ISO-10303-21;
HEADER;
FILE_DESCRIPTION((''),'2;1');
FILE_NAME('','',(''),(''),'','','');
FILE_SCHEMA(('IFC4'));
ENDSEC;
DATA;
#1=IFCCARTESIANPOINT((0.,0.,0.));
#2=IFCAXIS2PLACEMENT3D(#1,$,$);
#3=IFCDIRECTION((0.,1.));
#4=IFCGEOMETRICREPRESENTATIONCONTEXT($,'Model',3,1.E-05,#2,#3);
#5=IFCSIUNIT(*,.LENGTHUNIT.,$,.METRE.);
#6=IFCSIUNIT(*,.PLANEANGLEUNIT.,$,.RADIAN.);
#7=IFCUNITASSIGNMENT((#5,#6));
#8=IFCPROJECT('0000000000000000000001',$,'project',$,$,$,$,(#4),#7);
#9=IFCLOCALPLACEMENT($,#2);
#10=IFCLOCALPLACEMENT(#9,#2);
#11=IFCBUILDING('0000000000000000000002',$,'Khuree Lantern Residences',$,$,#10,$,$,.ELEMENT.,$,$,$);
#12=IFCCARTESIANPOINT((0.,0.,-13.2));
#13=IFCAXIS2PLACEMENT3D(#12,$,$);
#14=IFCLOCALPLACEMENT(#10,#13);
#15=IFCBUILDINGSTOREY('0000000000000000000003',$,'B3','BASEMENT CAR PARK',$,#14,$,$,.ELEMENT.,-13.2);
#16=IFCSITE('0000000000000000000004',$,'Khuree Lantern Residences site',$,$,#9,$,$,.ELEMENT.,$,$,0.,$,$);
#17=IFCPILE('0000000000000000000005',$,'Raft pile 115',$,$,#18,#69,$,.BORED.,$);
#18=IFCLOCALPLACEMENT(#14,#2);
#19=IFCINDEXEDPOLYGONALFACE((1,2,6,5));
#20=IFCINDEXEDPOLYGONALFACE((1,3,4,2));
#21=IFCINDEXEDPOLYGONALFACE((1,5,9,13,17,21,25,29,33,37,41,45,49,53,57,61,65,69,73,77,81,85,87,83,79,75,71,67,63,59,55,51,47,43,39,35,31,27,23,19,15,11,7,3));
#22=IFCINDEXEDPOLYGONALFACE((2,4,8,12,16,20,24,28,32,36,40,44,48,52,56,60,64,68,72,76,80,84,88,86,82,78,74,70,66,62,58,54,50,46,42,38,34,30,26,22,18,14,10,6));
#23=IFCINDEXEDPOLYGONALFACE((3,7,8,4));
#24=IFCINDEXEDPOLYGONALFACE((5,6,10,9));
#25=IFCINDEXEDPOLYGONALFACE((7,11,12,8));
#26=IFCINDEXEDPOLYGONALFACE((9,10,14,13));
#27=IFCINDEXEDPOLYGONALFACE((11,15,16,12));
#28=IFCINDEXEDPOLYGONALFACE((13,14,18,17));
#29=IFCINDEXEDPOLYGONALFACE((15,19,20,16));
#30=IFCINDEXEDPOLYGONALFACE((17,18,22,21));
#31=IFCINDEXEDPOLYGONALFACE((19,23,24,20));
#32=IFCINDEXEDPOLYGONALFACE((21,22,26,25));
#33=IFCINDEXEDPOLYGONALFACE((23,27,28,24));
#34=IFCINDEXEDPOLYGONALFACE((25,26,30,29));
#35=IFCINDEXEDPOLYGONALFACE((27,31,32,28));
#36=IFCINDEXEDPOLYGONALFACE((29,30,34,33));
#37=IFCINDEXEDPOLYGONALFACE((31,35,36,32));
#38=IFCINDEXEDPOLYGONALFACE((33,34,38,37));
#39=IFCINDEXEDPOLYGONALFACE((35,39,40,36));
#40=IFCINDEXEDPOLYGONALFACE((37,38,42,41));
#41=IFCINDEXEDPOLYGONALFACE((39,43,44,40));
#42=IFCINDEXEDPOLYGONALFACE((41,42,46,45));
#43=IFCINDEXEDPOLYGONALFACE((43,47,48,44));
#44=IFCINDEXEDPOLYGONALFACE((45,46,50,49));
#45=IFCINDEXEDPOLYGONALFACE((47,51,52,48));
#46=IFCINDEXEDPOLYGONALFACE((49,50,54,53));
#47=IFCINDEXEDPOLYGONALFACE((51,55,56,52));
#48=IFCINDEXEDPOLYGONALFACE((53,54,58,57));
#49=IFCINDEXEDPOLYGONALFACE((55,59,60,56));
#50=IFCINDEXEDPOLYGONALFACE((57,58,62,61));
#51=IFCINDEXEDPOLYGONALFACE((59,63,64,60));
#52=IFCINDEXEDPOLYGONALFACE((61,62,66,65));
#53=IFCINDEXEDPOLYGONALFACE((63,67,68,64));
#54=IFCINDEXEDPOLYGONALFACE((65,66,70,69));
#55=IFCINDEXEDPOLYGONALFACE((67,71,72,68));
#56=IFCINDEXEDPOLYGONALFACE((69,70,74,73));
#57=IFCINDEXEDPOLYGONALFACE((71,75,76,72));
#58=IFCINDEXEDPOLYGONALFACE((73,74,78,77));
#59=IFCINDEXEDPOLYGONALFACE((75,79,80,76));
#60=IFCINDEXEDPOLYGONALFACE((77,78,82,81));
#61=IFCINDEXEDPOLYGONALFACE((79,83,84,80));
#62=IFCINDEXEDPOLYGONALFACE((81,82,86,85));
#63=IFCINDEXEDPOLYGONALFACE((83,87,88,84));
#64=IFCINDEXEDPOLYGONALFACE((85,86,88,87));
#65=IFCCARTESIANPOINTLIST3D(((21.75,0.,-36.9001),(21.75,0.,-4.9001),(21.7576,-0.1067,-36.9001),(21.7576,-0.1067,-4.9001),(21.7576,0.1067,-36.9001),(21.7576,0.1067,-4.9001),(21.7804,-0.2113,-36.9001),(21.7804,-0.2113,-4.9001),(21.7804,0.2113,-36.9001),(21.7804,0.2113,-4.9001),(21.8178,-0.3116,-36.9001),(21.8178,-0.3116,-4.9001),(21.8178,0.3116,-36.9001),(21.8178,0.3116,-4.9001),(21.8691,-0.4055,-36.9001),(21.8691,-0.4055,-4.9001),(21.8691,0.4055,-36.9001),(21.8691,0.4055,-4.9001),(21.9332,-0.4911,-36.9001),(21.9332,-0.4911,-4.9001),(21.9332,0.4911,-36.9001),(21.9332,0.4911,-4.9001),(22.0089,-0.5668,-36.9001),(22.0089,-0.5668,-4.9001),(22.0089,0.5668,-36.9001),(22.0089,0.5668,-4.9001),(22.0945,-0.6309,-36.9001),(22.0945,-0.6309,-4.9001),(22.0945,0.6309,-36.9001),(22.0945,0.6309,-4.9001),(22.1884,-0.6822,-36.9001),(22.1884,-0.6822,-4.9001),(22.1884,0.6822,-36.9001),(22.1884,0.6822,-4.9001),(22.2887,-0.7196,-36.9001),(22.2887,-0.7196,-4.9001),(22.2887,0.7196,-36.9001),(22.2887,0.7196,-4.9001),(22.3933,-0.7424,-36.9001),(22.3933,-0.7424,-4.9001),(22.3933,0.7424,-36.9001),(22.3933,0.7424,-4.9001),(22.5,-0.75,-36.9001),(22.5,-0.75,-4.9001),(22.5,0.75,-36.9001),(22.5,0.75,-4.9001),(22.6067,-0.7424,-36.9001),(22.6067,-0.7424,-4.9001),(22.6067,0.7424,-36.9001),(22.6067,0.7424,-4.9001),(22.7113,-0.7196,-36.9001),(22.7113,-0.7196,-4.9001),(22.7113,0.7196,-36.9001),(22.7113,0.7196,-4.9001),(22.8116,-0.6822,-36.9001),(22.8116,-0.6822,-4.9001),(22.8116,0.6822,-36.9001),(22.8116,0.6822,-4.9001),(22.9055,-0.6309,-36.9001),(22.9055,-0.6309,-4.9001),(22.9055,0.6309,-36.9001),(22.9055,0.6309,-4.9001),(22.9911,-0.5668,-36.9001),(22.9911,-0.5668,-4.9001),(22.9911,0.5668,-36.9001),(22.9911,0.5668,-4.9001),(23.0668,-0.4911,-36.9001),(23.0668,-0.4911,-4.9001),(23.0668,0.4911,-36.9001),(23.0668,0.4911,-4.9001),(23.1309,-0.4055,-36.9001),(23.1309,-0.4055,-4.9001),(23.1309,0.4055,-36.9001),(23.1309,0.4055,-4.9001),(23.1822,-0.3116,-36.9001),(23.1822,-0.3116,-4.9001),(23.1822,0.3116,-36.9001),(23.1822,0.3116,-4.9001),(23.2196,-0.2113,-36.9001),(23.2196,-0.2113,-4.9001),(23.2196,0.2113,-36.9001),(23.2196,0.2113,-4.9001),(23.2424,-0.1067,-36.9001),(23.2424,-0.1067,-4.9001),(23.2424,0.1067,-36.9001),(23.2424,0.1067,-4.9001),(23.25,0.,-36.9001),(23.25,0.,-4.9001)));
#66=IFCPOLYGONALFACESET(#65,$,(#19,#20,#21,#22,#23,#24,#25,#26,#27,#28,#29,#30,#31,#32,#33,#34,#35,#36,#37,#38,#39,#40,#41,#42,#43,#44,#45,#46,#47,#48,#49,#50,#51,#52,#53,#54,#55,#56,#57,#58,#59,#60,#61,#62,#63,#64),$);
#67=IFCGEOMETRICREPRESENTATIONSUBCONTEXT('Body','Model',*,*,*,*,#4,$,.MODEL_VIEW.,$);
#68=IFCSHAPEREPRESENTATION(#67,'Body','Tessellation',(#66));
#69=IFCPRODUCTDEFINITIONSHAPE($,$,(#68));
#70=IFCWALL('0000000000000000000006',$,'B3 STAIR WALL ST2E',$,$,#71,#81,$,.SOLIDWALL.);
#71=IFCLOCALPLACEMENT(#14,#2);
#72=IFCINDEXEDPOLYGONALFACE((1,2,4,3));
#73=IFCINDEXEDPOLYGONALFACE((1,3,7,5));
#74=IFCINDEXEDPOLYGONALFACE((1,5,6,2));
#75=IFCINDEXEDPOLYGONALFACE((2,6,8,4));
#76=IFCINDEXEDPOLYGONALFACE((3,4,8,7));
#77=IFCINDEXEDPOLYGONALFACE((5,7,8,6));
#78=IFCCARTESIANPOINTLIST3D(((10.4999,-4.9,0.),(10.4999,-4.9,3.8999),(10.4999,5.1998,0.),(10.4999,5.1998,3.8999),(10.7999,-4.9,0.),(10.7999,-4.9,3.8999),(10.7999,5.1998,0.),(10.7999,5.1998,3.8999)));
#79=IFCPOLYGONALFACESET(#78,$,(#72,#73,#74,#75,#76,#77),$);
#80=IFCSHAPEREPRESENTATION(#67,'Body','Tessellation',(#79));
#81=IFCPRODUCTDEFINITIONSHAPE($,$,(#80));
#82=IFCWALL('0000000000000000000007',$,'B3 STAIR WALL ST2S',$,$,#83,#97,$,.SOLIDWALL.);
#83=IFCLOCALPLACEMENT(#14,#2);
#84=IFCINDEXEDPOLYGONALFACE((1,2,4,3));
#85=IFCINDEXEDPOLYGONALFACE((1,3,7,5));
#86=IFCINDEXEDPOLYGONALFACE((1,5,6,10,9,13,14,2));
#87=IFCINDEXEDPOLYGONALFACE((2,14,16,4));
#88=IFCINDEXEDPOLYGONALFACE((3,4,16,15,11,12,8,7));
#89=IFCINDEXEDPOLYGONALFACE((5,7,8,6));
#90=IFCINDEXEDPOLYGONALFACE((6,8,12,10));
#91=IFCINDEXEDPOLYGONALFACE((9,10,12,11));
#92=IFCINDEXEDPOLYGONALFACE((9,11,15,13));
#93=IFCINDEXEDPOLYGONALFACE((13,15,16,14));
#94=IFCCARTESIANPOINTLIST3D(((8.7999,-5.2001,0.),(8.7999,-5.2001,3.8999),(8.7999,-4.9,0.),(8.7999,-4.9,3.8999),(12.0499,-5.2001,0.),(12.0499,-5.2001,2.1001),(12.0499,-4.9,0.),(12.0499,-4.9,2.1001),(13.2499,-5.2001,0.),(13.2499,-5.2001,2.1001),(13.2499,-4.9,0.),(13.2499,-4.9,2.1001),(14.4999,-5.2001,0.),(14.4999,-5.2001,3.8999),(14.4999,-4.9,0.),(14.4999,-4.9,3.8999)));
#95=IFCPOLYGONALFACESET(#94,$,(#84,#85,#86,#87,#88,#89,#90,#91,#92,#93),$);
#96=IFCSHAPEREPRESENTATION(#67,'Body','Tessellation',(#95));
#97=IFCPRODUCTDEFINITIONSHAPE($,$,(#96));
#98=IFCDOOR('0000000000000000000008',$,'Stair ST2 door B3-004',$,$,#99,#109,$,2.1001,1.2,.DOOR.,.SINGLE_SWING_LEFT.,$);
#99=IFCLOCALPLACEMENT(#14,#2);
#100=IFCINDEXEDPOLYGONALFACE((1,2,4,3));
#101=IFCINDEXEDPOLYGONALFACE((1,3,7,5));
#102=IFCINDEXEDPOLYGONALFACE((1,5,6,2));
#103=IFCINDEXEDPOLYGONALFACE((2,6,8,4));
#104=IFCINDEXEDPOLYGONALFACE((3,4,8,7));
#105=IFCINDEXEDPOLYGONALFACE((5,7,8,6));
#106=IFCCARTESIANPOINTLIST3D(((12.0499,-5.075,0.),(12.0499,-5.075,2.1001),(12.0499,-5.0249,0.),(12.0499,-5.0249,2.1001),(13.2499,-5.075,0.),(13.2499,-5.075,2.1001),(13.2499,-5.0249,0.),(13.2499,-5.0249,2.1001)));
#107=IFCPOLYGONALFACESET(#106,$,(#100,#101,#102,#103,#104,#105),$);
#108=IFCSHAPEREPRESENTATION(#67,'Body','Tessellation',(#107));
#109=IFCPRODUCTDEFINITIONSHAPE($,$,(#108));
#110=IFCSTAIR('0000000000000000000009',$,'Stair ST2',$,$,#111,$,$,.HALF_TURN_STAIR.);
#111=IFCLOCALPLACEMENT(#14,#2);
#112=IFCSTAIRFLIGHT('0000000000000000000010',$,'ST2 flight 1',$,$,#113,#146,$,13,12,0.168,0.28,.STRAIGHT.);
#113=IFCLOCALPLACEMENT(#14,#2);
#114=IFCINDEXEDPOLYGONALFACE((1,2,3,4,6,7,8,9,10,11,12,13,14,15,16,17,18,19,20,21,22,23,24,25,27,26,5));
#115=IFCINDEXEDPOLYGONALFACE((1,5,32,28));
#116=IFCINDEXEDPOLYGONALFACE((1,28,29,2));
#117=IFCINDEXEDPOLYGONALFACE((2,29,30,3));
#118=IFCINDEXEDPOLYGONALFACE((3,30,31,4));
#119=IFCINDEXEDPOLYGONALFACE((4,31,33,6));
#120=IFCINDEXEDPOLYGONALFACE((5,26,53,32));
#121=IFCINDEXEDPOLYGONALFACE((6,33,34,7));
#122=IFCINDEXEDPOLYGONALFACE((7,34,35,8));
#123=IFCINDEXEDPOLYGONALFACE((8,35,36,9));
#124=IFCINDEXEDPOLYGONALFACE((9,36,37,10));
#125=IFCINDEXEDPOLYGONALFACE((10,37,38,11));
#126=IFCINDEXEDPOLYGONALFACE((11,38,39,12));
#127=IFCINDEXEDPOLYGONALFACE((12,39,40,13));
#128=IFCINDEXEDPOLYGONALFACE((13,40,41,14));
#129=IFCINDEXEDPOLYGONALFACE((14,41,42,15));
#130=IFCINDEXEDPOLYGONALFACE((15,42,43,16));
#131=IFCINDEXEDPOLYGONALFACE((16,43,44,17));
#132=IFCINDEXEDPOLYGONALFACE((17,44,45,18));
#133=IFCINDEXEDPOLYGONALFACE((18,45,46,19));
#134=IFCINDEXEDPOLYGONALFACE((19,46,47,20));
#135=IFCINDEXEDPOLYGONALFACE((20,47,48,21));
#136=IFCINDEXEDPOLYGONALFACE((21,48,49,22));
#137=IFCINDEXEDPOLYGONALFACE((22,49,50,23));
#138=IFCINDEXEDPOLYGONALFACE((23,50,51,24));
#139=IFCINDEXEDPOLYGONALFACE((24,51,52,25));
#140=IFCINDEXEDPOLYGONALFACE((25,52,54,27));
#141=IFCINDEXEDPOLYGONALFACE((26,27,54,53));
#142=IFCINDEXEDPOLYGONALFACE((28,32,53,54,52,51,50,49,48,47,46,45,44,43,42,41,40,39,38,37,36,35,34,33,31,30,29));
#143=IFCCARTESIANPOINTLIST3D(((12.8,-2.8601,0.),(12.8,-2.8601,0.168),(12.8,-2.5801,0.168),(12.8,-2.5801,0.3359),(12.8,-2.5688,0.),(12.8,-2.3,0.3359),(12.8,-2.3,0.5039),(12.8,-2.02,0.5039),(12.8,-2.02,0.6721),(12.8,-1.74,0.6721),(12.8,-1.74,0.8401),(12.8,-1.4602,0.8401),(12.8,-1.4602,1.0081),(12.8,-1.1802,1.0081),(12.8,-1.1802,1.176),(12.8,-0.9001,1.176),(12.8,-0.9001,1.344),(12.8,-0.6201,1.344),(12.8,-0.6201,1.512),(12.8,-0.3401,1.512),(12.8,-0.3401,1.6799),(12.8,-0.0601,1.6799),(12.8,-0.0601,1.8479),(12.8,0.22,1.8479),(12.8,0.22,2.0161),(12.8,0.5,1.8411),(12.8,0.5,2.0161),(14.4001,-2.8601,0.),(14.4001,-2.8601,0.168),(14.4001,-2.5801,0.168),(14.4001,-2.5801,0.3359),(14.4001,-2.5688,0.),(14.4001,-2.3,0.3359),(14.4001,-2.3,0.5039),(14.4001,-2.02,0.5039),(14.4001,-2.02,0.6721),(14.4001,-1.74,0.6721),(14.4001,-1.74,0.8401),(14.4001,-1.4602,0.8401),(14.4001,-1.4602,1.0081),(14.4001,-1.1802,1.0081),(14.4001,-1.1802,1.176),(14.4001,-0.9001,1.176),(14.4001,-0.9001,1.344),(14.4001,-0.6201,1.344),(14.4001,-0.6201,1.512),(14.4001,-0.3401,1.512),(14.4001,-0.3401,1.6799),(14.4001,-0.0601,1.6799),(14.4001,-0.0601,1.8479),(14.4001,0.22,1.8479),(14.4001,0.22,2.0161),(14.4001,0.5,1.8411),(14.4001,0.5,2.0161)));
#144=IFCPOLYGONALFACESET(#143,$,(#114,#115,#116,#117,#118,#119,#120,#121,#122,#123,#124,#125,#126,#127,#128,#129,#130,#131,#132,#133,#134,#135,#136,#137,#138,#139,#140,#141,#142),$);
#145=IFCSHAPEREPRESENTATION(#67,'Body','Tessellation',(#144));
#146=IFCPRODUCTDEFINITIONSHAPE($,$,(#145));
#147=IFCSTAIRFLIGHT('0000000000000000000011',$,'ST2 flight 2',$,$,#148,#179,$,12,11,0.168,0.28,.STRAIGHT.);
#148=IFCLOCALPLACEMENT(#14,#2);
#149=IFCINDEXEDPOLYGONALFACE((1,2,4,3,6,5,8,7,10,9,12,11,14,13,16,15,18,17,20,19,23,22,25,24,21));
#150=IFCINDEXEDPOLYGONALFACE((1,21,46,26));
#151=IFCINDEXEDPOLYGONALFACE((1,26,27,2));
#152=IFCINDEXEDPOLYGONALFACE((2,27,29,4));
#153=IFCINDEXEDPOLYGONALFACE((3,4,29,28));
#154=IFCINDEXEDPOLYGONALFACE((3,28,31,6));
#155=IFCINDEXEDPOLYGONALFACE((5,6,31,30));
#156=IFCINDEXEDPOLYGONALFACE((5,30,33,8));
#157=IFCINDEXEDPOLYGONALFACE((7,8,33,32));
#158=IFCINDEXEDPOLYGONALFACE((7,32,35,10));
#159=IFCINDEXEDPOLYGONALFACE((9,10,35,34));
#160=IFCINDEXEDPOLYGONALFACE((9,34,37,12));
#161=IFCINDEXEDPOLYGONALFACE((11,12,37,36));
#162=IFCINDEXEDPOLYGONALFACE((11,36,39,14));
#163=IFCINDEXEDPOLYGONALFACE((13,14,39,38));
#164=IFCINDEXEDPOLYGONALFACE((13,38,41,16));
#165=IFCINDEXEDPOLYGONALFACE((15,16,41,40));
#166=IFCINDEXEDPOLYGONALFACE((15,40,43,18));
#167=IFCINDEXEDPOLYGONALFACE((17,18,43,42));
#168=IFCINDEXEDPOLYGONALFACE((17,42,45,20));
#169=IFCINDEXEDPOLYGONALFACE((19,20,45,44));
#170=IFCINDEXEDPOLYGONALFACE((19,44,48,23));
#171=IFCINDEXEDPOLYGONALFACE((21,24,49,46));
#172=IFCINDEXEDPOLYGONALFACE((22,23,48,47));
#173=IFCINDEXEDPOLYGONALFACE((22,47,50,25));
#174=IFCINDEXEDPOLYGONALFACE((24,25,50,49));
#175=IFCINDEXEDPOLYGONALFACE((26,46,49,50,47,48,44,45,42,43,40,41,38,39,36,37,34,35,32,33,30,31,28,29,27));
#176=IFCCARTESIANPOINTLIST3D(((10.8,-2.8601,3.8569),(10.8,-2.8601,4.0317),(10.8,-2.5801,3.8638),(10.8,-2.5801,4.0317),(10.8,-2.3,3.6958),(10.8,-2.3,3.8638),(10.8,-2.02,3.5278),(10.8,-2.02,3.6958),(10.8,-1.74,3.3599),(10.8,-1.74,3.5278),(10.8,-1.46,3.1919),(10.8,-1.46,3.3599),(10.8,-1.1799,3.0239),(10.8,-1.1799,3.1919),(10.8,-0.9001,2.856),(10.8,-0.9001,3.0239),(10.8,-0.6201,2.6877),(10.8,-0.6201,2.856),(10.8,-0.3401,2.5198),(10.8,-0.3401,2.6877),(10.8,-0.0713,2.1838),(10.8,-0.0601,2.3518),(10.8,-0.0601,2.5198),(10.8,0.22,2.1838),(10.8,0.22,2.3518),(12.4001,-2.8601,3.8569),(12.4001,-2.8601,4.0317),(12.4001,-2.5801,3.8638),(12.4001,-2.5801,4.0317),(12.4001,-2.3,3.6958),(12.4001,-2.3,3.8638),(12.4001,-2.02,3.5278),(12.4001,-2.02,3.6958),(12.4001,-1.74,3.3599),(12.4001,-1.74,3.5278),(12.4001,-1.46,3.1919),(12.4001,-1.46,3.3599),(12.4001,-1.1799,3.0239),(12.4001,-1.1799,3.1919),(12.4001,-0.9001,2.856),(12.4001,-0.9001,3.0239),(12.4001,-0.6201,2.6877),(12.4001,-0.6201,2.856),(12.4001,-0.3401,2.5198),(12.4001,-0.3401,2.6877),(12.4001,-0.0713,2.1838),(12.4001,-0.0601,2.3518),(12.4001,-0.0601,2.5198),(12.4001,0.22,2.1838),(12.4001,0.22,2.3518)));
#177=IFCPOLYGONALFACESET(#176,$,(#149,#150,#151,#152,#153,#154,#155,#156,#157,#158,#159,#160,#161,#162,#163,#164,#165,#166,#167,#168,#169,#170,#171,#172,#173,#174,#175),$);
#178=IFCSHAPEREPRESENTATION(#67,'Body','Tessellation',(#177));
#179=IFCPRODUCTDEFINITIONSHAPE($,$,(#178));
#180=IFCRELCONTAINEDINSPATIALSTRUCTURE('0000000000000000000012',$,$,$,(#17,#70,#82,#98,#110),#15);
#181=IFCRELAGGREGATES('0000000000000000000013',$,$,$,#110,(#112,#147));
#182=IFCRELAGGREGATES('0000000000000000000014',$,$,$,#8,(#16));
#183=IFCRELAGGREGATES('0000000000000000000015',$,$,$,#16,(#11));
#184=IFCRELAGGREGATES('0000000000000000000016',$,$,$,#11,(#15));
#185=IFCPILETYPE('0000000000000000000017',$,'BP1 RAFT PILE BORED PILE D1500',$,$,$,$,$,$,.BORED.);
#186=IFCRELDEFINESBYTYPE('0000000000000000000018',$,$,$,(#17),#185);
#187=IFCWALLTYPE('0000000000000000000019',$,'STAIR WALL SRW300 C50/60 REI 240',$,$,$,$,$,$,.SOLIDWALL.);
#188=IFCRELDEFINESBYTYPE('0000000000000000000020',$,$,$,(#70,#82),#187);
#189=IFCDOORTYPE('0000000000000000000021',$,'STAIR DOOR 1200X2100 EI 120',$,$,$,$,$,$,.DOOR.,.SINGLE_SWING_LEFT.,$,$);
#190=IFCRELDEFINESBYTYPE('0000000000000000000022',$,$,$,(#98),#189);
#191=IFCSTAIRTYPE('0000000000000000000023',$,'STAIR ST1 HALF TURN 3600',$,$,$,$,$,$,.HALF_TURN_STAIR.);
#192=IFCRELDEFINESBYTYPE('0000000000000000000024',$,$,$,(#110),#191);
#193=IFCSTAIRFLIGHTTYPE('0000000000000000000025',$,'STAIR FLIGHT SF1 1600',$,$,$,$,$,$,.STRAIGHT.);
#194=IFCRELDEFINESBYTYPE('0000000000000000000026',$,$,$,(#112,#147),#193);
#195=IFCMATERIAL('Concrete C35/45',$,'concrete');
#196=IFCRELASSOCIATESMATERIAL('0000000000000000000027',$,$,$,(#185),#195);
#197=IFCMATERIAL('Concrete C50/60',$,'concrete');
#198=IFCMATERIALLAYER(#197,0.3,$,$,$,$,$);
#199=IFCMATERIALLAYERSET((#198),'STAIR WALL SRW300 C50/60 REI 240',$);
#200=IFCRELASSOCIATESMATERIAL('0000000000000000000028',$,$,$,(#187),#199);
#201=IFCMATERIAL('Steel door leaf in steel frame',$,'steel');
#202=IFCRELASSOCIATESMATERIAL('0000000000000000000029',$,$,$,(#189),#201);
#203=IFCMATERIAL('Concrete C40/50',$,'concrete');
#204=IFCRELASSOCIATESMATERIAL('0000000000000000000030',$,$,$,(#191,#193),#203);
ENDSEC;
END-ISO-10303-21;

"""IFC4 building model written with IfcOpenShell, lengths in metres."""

from ifc_helpers import new_model, si_unit, direction, frame, frame_2d, origin, origin_2d, place, context, subcontext, project, spatial, polyline, rectangle, circle, outline, extrude, material, layer, layer_set, material_profile, profile_set, type_object, element, fill, aggregate, save


model = new_model("IFC4")

# Units and contexts
model_context = context("Model", 3, precision=1e-05, world=origin(), true_north=direction((0.0, 1.0)))
body_context = subcontext(model_context, "Body", "Model", "MODEL_VIEW")
ifc_project = project(units=[si_unit("LENGTHUNIT", "METRE"), si_unit("PLANEANGLEUNIT", "RADIAN")], contexts=[model_context])

# Site, building, storey
site_placement = place(None, origin())
site = spatial("IfcSite", under=ifc_project, at=site_placement, Name="Khuree Lantern Residences site", CompositionType="ELEMENT", RefElevation=0.0)
building_placement = place(site_placement, origin())
building = spatial("IfcBuilding", under=site, at=building_placement, Name="Khuree Lantern Residences", CompositionType="ELEMENT")
storey_placement = place(building_placement, frame((0.0, 0.0, -13.2)))
storey = spatial("IfcBuildingStorey", under=building, at=storey_placement, Name="B3", Description="BASEMENT CAR PARK", CompositionType="ELEMENT", Elevation=-13.2)

# Pile
ifc_material_1 = material(Name="Concrete C35/45", Category="concrete")
ifc_material_profile = material_profile(ifc_material_1, circle(Radius=0.75, at=origin_2d()), Name="BORED PILE D1500")
ifc_profile_set = profile_set([ifc_material_profile], Name="Concrete C35/45")
pile_type = type_object("IfcPileType", Name="BP1 RAFT PILE BORED PILE D1500", PredefinedType="BORED", material=ifc_profile_set)
for number, where, z_axis, x_axis, name in (
    (1, (22.5, 0.0, -4.9001), (0.0, 0.0, -1.0), (1.0, 0.0, 0.0), "Raft pile 115"),
):
    element("IfcPile", number, at=place(storey_placement, frame(where, z_axis=z_axis, x_axis=x_axis)), inside=storey, type_object=pile_type, Name=name, PredefinedType="BORED", context=body_context, shape_type="SweptSolid", body=[
        extrude(circle(Radius=0.75, at=origin_2d()), origin(), (0.0, 0.0, 1.0), 32.0),
    ])

# Wall
ifc_material_2 = material(Name="Concrete C50/60", Category="concrete")
ifc_layer = layer(ifc_material_2, 0.3)
ifc_layer_set = layer_set([ifc_layer], Name="STAIR WALL SRW300 C50/60 REI 240")
wall_type = type_object("IfcWallType", Name="STAIR WALL SRW300 C50/60 REI 240", PredefinedType="SOLIDWALL", material=ifc_layer_set)
wall_1_placement = place(storey_placement, frame((10.6499, -4.8999, 0.0), z_axis=(0.0, 0.0, 1.0), x_axis=(0.0, 1.0, 0.0)))
element("IfcWall", 2, at=wall_1_placement, inside=storey, type_object=wall_type, Name="B3 STAIR WALL ST2E", PredefinedType="SOLIDWALL", context=body_context, shape_type="SweptSolid", body=[
    extrude(rectangle(XDim=10.0999, YDim=0.3, at=frame_2d((5.0498, 0.0))), origin(), (0.0, 0.0, 1.0), 3.8999),
])

# Wall, opening, door
wall_2_placement = place(storey_placement, frame((14.5, -5.05, 0.0), z_axis=(0.0, 0.0, 1.0), x_axis=(-1.0, 0.0, 0.0)))
wall_2 = element("IfcWall", 3, at=wall_2_placement, inside=storey, type_object=wall_type, Name="B3 STAIR WALL ST2S", PredefinedType="SOLIDWALL", context=body_context, shape_type="SweptSolid", body=[
    extrude(rectangle(XDim=5.7, YDim=0.3, at=frame_2d((2.8501, 0.0))), origin(), (0.0, 0.0, 1.0), 3.8999),
])
opening_placement = place(wall_2_placement, frame((1.25, 0.0, 0.0)))
opening = element("IfcOpeningElement", 4, at=opening_placement, cuts=wall_2, PredefinedType="OPENING", context=body_context, shape_type="SweptSolid", body=[
    extrude(rectangle(XDim=1.2, YDim=2.1001, at=frame_2d((0.6001, 1.05))), frame((0.0, 0.1602, 0.0), z_axis=(0.0, -1.0, 0.0), x_axis=(1.0, 0.0, 0.0)), (0.0, 0.0, 1.0), 0.3201),
])
ifc_material_3 = material(Name="Steel door leaf in steel frame", Category="steel")
door_type = type_object("IfcDoorType", Name="STAIR DOOR 1200X2100 EI 120", OperationType="SINGLE_SWING_LEFT", PredefinedType="DOOR", material=ifc_material_3)
door_placement = place(opening_placement, origin())
door = element("IfcDoor", 5, at=door_placement, inside=storey, type_object=door_type, Name="Stair ST2 door B3-004", OperationType="SINGLE_SWING_LEFT", OverallHeight=2.1001, OverallWidth=1.2, PredefinedType="DOOR", context=body_context, shape_type="SweptSolid", body=[
    extrude(rectangle(XDim=1.2, YDim=2.1001, at=frame_2d((0.6001, 1.05))), frame((0.0, 0.0249, 0.0), z_axis=(0.0, -1.0, 0.0), x_axis=(1.0, 0.0, 0.0)), (0.0, 0.0, 1.0), 0.05),
])
fill(opening, door)

# Stair, stair flights
ifc_material_4 = material(Name="Concrete C40/50", Category="concrete")
stair_type = type_object("IfcStairType", Name="STAIR ST1 HALF TURN 3600", PredefinedType="HALF_TURN_STAIR", material=ifc_material_4)
stair_placement = place(storey_placement, origin())
stair = element("IfcStair", 6, at=stair_placement, inside=storey, type_object=stair_type, Name="Stair ST2", PredefinedType="HALF_TURN_STAIR")
stair_flight_type = type_object("IfcStairFlightType", Name="STAIR FLIGHT SF1 1600", PredefinedType="STRAIGHT", material=ifc_material_4)
stair_flight_1_placement = place(storey_placement, frame((13.6001, -2.8601, 0.0), z_axis=(0.0, 0.0, 1.0), x_axis=(0.0, 1.0, 0.0)))
stair_flight_1 = element("IfcStairFlight", 7, at=stair_flight_1_placement, type_object=stair_flight_type, Name="ST2 flight 1", NumberOfRisers=13, NumberOfTreads=12, PredefinedType="STRAIGHT", RiserHeight=0.168, TreadLength=0.28, context=body_context, shape_type="SweptSolid", body=[
    extrude(outline(polyline([(0.0, 0.0), (0.0, 0.168), (0.28, 0.168), (0.28, 0.3359), (0.5601, 0.3359), (0.5601, 0.5039), (0.8401, 0.5039), (0.8401, 0.6721), (1.1201, 0.6721), (1.1201, 0.8401), (1.3999, 0.8401), (1.3999, 1.0081), (1.6799, 1.0081), (1.6799, 1.176), (1.96, 1.176), (1.96, 1.344), (2.24, 1.344), (2.24, 1.512), (2.52, 1.512), (2.52, 1.6799), (2.8, 1.6799), (2.8, 1.8479), (3.0801, 1.8479), (3.0801, 2.0161), (3.3601, 2.0161), (3.3601, 2.1841), (3.3601, 1.8411), (0.2913, 0.0), (0.0, 0.0)])), frame((0.0, 0.8, 0.0), z_axis=(0.0, -1.0, 0.0), x_axis=(1.0, 0.0, 0.0)), (0.0, 0.0, 1.0), 1.6001),
])
stair_flight_2_placement = place(storey_placement, frame((11.6001, 0.22, 2.1838), z_axis=(0.0, 0.0, 1.0), x_axis=(0.0, -1.0, 0.0)))
stair_flight_2 = element("IfcStairFlight", 8, at=stair_flight_2_placement, type_object=stair_flight_type, Name="ST2 flight 2", NumberOfRisers=12, NumberOfTreads=11, PredefinedType="STRAIGHT", RiserHeight=0.168, TreadLength=0.28, context=body_context, shape_type="SweptSolid", body=[
    extrude(outline(polyline([(0.0, 0.0), (0.0, 0.168), (0.28, 0.168), (0.28, 0.3359), (0.5601, 0.3359), (0.5601, 0.5039), (0.8401, 0.5039), (0.8401, 0.6721), (1.1201, 0.6721), (1.1201, 0.8401), (1.3999, 0.8401), (1.3999, 1.0081), (1.6799, 1.0081), (1.6799, 1.176), (1.96, 1.176), (1.96, 1.344), (2.24, 1.344), (2.24, 1.512), (2.52, 1.512), (2.52, 1.6799), (2.8, 1.6799), (2.8, 1.8479), (3.0801, 1.8479), (3.0801, 2.0161), (3.0801, 1.6731), (0.2913, 0.0), (0.0, 0.0)])), frame((0.0, 0.8, 0.0), z_axis=(0.0, -1.0, 0.0), x_axis=(1.0, 0.0, 0.0)), (0.0, 0.0, 1.0), 1.6001),
])
aggregate(stair, [stair_flight_1, stair_flight_2])

save(model, "model.ifc")
